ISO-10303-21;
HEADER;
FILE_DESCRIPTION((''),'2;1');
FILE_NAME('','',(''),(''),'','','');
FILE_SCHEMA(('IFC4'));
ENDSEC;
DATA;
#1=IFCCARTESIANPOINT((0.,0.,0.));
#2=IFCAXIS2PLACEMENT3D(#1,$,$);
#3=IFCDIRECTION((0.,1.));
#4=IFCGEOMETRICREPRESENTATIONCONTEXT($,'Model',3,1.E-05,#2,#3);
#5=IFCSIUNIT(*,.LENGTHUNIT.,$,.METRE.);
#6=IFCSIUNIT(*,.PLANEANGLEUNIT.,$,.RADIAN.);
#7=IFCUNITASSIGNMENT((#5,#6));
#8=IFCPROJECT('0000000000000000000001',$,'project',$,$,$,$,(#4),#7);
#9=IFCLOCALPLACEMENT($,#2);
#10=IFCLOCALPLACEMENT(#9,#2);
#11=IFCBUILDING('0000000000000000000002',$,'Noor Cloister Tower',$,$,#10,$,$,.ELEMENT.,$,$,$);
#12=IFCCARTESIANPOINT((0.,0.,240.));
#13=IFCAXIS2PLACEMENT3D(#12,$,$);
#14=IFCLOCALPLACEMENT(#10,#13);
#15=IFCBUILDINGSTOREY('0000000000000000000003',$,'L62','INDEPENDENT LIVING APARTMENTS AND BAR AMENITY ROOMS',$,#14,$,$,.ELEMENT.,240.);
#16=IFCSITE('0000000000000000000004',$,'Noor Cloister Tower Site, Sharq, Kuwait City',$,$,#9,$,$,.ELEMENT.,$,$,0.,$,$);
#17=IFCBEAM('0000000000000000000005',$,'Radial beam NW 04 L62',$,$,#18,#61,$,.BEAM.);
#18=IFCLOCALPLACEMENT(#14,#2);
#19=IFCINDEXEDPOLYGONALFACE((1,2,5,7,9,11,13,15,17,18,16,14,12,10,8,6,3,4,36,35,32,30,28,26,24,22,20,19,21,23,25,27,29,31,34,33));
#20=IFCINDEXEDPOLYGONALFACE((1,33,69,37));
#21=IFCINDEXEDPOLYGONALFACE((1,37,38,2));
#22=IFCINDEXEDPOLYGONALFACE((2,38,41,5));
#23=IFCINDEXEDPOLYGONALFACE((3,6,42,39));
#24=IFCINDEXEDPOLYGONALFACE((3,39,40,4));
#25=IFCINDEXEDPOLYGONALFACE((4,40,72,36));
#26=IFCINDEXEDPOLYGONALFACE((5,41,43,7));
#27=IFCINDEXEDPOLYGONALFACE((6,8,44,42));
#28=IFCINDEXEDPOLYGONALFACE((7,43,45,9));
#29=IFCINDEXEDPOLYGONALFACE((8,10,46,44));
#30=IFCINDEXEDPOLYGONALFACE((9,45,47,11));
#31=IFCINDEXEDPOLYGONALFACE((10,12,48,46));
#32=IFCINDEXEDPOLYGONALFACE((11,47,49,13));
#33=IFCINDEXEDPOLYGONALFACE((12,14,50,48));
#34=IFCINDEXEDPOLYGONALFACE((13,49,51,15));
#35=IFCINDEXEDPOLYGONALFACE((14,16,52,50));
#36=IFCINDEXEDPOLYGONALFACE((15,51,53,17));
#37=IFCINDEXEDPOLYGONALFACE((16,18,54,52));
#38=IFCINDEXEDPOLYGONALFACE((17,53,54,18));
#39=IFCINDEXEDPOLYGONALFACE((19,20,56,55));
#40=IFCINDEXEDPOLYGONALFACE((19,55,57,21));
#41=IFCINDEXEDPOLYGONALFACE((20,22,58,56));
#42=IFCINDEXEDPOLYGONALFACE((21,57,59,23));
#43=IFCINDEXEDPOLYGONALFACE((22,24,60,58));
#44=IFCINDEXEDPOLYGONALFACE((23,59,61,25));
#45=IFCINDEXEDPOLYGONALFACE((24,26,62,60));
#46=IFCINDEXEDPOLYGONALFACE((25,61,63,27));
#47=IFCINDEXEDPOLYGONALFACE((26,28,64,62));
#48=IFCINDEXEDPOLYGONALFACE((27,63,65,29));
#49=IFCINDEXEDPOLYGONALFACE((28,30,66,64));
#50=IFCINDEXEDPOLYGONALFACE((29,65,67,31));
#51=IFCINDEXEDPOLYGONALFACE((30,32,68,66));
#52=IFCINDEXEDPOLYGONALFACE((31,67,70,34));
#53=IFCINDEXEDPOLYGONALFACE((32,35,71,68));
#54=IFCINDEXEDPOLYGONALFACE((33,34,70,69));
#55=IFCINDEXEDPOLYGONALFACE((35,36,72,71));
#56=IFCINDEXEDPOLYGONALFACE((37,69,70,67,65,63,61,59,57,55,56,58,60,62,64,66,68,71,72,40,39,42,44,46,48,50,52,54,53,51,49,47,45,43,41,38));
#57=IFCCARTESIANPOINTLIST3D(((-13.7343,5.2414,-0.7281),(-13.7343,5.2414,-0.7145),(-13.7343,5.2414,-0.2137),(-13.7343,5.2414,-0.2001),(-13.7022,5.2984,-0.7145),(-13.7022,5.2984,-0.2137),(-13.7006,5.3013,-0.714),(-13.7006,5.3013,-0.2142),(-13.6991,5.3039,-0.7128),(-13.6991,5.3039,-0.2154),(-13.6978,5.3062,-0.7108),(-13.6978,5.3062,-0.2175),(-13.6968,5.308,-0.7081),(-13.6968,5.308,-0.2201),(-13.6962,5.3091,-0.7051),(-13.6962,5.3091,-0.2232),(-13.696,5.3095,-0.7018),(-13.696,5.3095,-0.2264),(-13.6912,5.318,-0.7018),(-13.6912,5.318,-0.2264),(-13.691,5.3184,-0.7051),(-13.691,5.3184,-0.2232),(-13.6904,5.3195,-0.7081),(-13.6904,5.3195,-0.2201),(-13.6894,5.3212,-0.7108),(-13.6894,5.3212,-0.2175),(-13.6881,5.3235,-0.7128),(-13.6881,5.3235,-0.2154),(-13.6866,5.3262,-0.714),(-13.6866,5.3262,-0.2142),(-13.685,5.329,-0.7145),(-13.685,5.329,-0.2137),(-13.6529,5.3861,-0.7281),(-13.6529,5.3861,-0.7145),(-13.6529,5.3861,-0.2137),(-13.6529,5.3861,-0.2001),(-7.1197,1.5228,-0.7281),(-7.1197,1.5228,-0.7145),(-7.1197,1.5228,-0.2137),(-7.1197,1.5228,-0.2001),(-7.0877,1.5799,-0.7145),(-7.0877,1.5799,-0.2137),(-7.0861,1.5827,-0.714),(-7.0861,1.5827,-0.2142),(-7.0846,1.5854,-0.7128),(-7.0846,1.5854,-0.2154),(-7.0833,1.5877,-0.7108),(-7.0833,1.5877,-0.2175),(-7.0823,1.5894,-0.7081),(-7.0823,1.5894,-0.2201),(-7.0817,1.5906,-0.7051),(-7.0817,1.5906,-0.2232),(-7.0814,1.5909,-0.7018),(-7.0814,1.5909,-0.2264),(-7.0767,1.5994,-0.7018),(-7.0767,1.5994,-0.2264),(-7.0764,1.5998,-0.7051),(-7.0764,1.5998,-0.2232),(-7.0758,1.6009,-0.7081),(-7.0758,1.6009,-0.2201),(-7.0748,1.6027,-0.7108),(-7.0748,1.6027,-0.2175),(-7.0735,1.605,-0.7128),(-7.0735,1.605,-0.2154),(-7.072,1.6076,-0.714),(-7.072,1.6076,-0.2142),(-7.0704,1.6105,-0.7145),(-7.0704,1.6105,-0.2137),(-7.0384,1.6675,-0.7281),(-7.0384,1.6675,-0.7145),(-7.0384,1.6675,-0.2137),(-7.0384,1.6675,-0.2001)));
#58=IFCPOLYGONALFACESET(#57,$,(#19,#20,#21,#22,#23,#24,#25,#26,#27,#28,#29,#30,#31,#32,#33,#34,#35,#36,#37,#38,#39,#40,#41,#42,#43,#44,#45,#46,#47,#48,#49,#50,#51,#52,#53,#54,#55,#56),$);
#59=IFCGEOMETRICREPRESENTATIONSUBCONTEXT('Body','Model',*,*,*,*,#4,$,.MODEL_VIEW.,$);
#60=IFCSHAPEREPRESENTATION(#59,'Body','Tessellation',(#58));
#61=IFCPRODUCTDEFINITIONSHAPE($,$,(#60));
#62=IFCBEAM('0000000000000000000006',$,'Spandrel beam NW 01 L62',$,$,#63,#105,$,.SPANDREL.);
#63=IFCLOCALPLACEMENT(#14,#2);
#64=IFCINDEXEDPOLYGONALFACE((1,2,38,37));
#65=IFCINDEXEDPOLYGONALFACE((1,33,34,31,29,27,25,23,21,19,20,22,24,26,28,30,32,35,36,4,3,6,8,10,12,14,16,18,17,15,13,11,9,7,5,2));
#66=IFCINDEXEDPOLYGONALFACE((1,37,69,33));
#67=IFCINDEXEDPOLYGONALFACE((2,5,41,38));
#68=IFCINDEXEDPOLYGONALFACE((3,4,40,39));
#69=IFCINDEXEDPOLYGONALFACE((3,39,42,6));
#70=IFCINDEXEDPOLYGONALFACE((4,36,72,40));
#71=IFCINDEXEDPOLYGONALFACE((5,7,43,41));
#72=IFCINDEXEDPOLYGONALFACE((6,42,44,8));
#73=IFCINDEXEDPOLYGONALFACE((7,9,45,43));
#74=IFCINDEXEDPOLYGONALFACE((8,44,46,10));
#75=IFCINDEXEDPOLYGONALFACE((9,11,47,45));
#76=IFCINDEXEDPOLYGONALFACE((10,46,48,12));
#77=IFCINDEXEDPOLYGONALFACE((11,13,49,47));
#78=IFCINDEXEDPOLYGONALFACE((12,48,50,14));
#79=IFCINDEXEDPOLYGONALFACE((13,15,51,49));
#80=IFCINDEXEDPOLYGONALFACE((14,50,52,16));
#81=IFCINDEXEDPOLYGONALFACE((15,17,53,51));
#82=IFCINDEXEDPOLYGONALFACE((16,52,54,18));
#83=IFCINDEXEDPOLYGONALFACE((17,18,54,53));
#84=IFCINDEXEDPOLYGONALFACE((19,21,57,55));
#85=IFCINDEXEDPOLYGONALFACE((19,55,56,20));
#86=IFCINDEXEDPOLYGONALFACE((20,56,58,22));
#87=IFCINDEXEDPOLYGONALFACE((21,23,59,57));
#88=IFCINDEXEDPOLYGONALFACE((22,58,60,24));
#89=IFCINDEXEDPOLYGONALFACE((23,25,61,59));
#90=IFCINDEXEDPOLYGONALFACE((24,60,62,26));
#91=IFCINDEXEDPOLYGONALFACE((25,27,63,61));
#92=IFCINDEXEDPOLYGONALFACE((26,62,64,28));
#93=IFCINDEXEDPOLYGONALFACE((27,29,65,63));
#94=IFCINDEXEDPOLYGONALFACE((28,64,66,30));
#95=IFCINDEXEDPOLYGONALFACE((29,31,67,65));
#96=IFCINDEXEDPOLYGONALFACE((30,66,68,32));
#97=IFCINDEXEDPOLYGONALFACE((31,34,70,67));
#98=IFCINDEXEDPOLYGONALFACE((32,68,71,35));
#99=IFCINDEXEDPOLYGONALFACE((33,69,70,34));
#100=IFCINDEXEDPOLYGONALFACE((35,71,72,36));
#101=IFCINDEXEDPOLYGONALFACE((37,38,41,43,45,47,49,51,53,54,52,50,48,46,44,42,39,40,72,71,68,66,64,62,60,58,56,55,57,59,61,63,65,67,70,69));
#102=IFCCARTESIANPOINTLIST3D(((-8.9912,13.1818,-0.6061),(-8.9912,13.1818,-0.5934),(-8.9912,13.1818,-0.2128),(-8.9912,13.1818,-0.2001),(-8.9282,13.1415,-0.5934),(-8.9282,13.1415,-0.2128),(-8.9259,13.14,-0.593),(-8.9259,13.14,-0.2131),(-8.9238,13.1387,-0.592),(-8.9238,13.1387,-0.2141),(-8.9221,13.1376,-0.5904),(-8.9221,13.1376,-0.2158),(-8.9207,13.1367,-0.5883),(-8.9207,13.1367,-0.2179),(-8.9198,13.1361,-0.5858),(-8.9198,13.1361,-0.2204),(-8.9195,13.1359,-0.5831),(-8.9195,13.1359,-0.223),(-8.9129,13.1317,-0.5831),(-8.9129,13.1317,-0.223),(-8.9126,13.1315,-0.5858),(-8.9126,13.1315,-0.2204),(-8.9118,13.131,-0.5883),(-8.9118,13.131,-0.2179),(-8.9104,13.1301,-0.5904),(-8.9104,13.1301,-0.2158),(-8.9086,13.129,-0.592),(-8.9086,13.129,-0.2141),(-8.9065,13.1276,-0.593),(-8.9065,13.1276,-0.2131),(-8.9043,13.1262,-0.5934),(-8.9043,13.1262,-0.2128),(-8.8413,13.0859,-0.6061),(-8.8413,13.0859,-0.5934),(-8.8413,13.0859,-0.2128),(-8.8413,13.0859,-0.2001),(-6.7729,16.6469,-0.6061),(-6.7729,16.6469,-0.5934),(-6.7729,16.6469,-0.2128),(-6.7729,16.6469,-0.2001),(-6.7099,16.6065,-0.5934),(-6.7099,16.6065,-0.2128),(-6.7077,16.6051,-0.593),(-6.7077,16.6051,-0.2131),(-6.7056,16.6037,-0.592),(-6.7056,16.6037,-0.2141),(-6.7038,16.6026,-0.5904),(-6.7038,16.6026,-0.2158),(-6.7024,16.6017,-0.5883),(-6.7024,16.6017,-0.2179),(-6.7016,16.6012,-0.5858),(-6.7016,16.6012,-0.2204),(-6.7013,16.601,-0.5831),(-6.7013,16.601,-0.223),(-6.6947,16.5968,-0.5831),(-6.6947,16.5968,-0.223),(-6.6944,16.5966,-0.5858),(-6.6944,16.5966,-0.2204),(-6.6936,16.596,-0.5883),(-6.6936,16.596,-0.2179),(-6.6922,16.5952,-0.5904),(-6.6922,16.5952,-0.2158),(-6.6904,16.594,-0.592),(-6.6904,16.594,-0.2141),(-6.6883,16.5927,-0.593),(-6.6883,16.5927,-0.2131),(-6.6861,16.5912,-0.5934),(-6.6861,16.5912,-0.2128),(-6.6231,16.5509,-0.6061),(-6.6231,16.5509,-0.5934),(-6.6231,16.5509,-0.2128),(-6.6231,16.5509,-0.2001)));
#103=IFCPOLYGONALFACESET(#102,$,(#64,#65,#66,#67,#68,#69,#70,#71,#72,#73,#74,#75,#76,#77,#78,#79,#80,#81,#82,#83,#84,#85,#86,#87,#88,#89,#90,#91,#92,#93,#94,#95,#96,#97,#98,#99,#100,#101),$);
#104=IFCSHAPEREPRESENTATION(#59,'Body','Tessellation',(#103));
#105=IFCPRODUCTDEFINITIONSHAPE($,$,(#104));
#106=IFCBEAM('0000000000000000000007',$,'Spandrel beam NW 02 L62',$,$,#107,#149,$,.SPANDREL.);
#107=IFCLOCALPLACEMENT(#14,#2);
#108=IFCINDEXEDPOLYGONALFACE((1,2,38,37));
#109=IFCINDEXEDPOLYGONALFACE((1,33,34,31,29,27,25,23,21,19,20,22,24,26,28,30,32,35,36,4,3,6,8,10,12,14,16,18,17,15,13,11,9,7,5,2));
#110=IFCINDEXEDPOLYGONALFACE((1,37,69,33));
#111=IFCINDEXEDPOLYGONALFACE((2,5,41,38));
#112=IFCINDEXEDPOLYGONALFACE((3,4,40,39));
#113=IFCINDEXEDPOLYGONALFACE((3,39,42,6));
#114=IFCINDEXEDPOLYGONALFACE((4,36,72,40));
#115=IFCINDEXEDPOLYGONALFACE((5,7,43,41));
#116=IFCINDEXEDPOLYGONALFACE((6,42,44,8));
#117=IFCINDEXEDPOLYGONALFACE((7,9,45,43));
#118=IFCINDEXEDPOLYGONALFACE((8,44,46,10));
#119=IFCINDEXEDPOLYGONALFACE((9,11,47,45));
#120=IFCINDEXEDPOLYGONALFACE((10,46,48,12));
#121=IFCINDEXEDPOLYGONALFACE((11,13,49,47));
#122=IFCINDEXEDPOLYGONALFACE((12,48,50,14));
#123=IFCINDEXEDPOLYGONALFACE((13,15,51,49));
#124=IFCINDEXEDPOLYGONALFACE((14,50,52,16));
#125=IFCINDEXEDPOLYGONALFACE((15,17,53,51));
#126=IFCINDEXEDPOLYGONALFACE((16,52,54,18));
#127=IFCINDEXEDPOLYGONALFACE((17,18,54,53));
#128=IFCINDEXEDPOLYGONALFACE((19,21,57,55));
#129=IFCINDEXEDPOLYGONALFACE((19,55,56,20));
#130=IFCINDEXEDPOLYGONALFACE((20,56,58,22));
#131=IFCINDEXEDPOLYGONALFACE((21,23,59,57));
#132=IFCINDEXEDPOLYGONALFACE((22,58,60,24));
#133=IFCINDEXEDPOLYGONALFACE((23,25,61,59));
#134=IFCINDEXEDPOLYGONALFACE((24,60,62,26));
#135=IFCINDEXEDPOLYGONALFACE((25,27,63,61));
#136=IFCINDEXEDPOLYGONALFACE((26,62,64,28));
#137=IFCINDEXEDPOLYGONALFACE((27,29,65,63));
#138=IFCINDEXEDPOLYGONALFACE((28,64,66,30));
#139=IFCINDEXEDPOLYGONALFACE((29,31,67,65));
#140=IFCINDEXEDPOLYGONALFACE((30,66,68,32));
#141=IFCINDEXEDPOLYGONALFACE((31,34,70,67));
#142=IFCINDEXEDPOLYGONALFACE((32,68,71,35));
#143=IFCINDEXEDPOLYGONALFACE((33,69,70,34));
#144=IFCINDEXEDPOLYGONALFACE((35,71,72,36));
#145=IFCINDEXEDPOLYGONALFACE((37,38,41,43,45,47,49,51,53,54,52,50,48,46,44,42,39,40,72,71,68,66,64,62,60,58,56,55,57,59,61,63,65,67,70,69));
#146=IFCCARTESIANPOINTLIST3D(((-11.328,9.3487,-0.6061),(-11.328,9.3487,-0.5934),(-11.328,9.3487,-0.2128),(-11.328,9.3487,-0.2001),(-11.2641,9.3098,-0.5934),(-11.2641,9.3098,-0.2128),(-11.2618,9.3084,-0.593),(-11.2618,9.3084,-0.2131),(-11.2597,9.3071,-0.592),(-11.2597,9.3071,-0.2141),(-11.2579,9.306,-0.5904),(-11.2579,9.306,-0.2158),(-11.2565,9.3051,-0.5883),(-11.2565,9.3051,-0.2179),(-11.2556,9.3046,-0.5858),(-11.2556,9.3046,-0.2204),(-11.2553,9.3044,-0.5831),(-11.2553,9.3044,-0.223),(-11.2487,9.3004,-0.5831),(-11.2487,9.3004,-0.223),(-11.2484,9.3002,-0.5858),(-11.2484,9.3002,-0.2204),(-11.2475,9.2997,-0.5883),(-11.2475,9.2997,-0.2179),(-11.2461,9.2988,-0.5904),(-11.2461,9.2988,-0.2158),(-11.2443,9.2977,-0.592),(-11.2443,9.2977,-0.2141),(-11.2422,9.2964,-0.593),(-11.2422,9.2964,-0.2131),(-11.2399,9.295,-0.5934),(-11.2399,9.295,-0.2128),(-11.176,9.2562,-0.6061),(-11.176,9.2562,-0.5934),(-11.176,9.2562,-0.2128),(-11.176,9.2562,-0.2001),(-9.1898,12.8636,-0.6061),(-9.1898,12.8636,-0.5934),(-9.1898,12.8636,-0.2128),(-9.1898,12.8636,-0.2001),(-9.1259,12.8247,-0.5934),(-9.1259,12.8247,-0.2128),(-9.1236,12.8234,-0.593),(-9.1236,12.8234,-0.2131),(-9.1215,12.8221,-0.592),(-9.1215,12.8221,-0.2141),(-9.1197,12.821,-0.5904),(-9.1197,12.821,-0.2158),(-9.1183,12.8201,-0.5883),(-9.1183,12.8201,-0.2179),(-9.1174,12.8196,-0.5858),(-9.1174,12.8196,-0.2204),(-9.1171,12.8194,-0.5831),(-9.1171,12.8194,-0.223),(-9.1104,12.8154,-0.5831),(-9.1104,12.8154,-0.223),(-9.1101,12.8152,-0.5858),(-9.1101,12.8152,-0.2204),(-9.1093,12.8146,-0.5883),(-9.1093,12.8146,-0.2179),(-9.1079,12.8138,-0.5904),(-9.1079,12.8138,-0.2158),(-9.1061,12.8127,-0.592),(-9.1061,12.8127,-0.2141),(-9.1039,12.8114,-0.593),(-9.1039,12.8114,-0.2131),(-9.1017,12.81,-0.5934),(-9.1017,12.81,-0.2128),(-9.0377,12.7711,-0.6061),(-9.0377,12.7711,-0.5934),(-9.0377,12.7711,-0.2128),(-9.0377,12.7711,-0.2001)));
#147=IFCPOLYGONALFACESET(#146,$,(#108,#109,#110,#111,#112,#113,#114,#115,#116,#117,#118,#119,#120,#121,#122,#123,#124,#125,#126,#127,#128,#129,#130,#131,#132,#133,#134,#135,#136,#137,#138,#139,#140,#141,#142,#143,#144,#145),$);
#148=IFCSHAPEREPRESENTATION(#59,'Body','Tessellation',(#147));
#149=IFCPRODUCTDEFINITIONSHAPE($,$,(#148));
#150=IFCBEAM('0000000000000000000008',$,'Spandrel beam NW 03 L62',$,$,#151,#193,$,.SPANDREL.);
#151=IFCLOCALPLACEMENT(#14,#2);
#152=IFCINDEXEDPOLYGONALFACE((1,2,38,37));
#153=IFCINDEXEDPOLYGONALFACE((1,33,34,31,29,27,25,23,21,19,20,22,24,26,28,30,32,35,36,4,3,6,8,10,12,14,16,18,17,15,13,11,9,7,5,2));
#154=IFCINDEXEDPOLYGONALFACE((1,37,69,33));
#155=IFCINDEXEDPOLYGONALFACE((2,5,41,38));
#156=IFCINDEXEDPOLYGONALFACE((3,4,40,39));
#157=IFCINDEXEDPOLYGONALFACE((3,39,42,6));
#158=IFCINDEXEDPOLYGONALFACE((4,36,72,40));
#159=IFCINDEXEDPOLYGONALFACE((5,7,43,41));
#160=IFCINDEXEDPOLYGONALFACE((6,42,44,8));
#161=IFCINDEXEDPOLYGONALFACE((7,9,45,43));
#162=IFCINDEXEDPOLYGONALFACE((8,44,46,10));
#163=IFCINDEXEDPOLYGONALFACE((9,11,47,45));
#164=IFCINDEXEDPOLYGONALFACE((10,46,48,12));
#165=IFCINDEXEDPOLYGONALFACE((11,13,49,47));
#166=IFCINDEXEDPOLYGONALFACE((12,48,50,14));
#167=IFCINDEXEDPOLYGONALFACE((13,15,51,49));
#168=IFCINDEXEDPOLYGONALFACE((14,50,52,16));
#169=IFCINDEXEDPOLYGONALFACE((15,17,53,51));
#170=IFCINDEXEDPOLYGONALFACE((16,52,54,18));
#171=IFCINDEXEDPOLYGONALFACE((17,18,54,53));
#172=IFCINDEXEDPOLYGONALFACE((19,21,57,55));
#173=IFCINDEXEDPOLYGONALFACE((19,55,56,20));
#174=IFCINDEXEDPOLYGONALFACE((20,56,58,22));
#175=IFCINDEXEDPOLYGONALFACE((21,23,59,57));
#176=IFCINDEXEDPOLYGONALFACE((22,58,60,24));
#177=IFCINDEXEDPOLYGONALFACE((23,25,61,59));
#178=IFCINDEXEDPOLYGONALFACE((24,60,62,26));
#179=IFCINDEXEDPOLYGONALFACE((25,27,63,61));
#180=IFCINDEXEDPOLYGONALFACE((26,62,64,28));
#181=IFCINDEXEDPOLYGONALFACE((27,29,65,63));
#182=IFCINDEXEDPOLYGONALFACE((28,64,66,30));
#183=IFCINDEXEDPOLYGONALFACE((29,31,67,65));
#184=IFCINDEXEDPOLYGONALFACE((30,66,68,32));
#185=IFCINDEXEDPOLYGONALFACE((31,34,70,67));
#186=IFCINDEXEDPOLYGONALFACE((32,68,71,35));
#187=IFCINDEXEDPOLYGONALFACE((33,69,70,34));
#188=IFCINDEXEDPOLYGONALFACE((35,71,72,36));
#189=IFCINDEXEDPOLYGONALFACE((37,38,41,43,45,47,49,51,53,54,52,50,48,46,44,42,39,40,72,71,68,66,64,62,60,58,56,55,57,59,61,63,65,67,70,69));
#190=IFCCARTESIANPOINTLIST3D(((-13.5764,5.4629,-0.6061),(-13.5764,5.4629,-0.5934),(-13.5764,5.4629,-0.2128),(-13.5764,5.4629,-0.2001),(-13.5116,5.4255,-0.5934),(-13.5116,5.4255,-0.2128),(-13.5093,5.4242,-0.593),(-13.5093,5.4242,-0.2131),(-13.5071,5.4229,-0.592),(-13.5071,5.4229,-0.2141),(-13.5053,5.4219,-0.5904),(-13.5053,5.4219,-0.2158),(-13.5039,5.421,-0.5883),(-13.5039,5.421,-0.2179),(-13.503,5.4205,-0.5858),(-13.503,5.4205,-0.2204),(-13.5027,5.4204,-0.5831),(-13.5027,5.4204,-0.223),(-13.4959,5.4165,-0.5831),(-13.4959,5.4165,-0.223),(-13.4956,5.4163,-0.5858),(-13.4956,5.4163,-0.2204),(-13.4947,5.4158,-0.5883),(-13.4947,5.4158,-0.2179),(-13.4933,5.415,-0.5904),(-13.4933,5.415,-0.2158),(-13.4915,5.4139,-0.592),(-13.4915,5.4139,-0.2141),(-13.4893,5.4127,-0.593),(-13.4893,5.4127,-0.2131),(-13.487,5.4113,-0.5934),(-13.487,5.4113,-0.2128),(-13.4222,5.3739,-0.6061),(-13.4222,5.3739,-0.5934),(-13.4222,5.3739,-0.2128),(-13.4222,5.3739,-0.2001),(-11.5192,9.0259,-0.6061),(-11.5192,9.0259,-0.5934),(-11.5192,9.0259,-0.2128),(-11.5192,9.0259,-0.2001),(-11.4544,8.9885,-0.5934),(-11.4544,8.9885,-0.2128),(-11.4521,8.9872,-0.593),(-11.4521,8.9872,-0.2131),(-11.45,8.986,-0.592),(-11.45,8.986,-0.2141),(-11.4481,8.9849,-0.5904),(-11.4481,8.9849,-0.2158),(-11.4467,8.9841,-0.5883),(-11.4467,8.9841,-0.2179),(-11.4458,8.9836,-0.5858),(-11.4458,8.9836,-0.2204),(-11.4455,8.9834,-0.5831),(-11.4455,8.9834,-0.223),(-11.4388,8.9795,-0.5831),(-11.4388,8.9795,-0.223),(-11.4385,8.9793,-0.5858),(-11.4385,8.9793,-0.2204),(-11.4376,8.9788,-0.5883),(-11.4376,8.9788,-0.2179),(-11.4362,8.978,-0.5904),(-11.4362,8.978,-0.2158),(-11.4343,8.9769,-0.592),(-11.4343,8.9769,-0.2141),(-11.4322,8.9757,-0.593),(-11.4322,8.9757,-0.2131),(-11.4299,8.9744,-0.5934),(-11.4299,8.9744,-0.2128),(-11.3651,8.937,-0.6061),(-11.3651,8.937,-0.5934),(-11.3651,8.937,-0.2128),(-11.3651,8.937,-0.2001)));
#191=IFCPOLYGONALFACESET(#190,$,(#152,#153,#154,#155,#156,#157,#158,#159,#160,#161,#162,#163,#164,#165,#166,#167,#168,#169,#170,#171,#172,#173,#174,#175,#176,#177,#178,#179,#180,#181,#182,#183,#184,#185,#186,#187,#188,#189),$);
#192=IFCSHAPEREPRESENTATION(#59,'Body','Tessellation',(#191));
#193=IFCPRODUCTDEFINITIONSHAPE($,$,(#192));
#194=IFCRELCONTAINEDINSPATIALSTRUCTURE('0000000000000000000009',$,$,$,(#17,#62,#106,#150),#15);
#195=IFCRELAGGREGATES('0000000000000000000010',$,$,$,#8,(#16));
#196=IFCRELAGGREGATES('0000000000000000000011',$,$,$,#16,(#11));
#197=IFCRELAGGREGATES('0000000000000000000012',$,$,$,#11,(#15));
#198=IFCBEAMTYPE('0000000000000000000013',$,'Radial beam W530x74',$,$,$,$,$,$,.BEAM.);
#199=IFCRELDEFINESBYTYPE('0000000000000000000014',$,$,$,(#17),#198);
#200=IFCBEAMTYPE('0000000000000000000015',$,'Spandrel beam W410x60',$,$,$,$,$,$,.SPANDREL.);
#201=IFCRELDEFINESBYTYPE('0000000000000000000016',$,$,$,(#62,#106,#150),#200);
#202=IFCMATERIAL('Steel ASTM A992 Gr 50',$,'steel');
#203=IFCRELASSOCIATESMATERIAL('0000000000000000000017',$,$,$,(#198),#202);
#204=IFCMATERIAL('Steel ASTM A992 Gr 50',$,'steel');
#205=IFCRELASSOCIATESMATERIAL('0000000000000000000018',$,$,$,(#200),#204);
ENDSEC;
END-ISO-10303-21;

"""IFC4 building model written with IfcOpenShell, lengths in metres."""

from ifc_helpers import new_model, si_unit, direction, frame, origin, origin_2d, place, context, subcontext, project, spatial, i_section, extrude, material, material_profile, profile_set, type_object, element, save


model = new_model("IFC4")

# Units and contexts
model_context = context("Model", 3, precision=1e-05, world=origin(), true_north=direction((0.0, 1.0)))
body_context = subcontext(model_context, "Body", "Model", "MODEL_VIEW")
ifc_project = project(units=[si_unit("LENGTHUNIT", "METRE"), si_unit("PLANEANGLEUNIT", "RADIAN")], contexts=[model_context])

# Site, building, storey
site_placement = place(None, origin())
site = spatial("IfcSite", under=ifc_project, at=site_placement, Name="Noor Cloister Tower Site, Sharq, Kuwait City", CompositionType="ELEMENT", RefElevation=0.0)
building_placement = place(site_placement, origin())
building = spatial("IfcBuilding", under=site, at=building_placement, Name="Noor Cloister Tower", CompositionType="ELEMENT")
storey_placement = place(building_placement, frame((0.0, 0.0, 240.0)))
storey = spatial("IfcBuildingStorey", under=building, at=storey_placement, Name="L62", Description="INDEPENDENT LIVING APARTMENTS AND BAR AMENITY ROOMS", CompositionType="ELEMENT", Elevation=240.0)

# Beams
ifc_material_1 = material(Name="Steel ASTM A992 Gr 50", Category="steel")
ifc_material_profile_1 = material_profile(ifc_material_1, i_section(OverallWidth=0.166, OverallDepth=0.5281, WebThickness=0.0098, FlangeThickness=0.0137, FilletRadius=0.0127, at=origin_2d()), Name="W530x74")
ifc_profile_set_1 = profile_set([ifc_material_profile_1], Name="Steel ASTM A992 Gr 50")
beam_type_1 = type_object("IfcBeamType", Name="Radial beam W530x74", PredefinedType="BEAM", material=ifc_profile_set_1)
beam_1_placement = place(storey_placement, frame((-13.6936, 5.3137, -0.4641), z_axis=(0.871697, -0.490046, 0.0), x_axis=(0.490046, 0.871697, 0.0)))
element("IfcBeam", 1, at=beam_1_placement, inside=storey, type_object=beam_type_1, Name="Radial beam NW 04 L62", PredefinedType="BEAM", context=body_context, shape_type="SweptSolid", body=[
    extrude(i_section(OverallWidth=0.166, OverallDepth=0.5281, WebThickness=0.0098, FlangeThickness=0.0137, FilletRadius=0.0127, at=origin_2d()), origin(), (0.0, 0.0, 1.0), 7.5881),
])
ifc_material_2 = material(Name="Steel ASTM A992 Gr 50", Category="steel")
ifc_material_profile_2 = material_profile(ifc_material_2, i_section(OverallWidth=0.178, OverallDepth=0.406, WebThickness=0.0078, FlangeThickness=0.0127, FilletRadius=0.0103, at=origin_2d()), Name="W410x60")
ifc_profile_set_2 = profile_set([ifc_material_profile_2], Name="Steel ASTM A992 Gr 50")
beam_type_2 = type_object("IfcBeamType", Name="Spandrel beam W410x60", PredefinedType="SPANDREL", material=ifc_profile_set_2)
for number, where, z_axis, x_axis, name in (
    (2, (-6.698, 16.5989, -0.4031), (-0.539158, -0.842205, 0.0), (0.842205, -0.539158, 0.0), "Spandrel beam NW 01 L62"),
    (3, (-9.1138, 12.8174, -0.4031), (-0.519713, -0.854341, 0.0), (0.854341, -0.519713, 0.0), "Spandrel beam NW 02 L62"),
    (4, (-11.4421, 8.9814, -0.4031), (-0.500007, -0.866022, 0.0), (0.866022, -0.500007, 0.0), "Spandrel beam NW 03 L62"),
):
    element("IfcBeam", number, at=place(storey_placement, frame(where, z_axis=z_axis, x_axis=x_axis)), inside=storey, type_object=beam_type_2, Name=name, PredefinedType="SPANDREL", context=body_context, shape_type="SweptSolid", body=[
        extrude(i_section(OverallWidth=0.178, OverallDepth=0.406, WebThickness=0.0078, FlangeThickness=0.0127, FilletRadius=0.0103, at=origin_2d()), origin(), (0.0, 0.0, 1.0), 4.1143),
    ])

save(model, "model.ifc")
